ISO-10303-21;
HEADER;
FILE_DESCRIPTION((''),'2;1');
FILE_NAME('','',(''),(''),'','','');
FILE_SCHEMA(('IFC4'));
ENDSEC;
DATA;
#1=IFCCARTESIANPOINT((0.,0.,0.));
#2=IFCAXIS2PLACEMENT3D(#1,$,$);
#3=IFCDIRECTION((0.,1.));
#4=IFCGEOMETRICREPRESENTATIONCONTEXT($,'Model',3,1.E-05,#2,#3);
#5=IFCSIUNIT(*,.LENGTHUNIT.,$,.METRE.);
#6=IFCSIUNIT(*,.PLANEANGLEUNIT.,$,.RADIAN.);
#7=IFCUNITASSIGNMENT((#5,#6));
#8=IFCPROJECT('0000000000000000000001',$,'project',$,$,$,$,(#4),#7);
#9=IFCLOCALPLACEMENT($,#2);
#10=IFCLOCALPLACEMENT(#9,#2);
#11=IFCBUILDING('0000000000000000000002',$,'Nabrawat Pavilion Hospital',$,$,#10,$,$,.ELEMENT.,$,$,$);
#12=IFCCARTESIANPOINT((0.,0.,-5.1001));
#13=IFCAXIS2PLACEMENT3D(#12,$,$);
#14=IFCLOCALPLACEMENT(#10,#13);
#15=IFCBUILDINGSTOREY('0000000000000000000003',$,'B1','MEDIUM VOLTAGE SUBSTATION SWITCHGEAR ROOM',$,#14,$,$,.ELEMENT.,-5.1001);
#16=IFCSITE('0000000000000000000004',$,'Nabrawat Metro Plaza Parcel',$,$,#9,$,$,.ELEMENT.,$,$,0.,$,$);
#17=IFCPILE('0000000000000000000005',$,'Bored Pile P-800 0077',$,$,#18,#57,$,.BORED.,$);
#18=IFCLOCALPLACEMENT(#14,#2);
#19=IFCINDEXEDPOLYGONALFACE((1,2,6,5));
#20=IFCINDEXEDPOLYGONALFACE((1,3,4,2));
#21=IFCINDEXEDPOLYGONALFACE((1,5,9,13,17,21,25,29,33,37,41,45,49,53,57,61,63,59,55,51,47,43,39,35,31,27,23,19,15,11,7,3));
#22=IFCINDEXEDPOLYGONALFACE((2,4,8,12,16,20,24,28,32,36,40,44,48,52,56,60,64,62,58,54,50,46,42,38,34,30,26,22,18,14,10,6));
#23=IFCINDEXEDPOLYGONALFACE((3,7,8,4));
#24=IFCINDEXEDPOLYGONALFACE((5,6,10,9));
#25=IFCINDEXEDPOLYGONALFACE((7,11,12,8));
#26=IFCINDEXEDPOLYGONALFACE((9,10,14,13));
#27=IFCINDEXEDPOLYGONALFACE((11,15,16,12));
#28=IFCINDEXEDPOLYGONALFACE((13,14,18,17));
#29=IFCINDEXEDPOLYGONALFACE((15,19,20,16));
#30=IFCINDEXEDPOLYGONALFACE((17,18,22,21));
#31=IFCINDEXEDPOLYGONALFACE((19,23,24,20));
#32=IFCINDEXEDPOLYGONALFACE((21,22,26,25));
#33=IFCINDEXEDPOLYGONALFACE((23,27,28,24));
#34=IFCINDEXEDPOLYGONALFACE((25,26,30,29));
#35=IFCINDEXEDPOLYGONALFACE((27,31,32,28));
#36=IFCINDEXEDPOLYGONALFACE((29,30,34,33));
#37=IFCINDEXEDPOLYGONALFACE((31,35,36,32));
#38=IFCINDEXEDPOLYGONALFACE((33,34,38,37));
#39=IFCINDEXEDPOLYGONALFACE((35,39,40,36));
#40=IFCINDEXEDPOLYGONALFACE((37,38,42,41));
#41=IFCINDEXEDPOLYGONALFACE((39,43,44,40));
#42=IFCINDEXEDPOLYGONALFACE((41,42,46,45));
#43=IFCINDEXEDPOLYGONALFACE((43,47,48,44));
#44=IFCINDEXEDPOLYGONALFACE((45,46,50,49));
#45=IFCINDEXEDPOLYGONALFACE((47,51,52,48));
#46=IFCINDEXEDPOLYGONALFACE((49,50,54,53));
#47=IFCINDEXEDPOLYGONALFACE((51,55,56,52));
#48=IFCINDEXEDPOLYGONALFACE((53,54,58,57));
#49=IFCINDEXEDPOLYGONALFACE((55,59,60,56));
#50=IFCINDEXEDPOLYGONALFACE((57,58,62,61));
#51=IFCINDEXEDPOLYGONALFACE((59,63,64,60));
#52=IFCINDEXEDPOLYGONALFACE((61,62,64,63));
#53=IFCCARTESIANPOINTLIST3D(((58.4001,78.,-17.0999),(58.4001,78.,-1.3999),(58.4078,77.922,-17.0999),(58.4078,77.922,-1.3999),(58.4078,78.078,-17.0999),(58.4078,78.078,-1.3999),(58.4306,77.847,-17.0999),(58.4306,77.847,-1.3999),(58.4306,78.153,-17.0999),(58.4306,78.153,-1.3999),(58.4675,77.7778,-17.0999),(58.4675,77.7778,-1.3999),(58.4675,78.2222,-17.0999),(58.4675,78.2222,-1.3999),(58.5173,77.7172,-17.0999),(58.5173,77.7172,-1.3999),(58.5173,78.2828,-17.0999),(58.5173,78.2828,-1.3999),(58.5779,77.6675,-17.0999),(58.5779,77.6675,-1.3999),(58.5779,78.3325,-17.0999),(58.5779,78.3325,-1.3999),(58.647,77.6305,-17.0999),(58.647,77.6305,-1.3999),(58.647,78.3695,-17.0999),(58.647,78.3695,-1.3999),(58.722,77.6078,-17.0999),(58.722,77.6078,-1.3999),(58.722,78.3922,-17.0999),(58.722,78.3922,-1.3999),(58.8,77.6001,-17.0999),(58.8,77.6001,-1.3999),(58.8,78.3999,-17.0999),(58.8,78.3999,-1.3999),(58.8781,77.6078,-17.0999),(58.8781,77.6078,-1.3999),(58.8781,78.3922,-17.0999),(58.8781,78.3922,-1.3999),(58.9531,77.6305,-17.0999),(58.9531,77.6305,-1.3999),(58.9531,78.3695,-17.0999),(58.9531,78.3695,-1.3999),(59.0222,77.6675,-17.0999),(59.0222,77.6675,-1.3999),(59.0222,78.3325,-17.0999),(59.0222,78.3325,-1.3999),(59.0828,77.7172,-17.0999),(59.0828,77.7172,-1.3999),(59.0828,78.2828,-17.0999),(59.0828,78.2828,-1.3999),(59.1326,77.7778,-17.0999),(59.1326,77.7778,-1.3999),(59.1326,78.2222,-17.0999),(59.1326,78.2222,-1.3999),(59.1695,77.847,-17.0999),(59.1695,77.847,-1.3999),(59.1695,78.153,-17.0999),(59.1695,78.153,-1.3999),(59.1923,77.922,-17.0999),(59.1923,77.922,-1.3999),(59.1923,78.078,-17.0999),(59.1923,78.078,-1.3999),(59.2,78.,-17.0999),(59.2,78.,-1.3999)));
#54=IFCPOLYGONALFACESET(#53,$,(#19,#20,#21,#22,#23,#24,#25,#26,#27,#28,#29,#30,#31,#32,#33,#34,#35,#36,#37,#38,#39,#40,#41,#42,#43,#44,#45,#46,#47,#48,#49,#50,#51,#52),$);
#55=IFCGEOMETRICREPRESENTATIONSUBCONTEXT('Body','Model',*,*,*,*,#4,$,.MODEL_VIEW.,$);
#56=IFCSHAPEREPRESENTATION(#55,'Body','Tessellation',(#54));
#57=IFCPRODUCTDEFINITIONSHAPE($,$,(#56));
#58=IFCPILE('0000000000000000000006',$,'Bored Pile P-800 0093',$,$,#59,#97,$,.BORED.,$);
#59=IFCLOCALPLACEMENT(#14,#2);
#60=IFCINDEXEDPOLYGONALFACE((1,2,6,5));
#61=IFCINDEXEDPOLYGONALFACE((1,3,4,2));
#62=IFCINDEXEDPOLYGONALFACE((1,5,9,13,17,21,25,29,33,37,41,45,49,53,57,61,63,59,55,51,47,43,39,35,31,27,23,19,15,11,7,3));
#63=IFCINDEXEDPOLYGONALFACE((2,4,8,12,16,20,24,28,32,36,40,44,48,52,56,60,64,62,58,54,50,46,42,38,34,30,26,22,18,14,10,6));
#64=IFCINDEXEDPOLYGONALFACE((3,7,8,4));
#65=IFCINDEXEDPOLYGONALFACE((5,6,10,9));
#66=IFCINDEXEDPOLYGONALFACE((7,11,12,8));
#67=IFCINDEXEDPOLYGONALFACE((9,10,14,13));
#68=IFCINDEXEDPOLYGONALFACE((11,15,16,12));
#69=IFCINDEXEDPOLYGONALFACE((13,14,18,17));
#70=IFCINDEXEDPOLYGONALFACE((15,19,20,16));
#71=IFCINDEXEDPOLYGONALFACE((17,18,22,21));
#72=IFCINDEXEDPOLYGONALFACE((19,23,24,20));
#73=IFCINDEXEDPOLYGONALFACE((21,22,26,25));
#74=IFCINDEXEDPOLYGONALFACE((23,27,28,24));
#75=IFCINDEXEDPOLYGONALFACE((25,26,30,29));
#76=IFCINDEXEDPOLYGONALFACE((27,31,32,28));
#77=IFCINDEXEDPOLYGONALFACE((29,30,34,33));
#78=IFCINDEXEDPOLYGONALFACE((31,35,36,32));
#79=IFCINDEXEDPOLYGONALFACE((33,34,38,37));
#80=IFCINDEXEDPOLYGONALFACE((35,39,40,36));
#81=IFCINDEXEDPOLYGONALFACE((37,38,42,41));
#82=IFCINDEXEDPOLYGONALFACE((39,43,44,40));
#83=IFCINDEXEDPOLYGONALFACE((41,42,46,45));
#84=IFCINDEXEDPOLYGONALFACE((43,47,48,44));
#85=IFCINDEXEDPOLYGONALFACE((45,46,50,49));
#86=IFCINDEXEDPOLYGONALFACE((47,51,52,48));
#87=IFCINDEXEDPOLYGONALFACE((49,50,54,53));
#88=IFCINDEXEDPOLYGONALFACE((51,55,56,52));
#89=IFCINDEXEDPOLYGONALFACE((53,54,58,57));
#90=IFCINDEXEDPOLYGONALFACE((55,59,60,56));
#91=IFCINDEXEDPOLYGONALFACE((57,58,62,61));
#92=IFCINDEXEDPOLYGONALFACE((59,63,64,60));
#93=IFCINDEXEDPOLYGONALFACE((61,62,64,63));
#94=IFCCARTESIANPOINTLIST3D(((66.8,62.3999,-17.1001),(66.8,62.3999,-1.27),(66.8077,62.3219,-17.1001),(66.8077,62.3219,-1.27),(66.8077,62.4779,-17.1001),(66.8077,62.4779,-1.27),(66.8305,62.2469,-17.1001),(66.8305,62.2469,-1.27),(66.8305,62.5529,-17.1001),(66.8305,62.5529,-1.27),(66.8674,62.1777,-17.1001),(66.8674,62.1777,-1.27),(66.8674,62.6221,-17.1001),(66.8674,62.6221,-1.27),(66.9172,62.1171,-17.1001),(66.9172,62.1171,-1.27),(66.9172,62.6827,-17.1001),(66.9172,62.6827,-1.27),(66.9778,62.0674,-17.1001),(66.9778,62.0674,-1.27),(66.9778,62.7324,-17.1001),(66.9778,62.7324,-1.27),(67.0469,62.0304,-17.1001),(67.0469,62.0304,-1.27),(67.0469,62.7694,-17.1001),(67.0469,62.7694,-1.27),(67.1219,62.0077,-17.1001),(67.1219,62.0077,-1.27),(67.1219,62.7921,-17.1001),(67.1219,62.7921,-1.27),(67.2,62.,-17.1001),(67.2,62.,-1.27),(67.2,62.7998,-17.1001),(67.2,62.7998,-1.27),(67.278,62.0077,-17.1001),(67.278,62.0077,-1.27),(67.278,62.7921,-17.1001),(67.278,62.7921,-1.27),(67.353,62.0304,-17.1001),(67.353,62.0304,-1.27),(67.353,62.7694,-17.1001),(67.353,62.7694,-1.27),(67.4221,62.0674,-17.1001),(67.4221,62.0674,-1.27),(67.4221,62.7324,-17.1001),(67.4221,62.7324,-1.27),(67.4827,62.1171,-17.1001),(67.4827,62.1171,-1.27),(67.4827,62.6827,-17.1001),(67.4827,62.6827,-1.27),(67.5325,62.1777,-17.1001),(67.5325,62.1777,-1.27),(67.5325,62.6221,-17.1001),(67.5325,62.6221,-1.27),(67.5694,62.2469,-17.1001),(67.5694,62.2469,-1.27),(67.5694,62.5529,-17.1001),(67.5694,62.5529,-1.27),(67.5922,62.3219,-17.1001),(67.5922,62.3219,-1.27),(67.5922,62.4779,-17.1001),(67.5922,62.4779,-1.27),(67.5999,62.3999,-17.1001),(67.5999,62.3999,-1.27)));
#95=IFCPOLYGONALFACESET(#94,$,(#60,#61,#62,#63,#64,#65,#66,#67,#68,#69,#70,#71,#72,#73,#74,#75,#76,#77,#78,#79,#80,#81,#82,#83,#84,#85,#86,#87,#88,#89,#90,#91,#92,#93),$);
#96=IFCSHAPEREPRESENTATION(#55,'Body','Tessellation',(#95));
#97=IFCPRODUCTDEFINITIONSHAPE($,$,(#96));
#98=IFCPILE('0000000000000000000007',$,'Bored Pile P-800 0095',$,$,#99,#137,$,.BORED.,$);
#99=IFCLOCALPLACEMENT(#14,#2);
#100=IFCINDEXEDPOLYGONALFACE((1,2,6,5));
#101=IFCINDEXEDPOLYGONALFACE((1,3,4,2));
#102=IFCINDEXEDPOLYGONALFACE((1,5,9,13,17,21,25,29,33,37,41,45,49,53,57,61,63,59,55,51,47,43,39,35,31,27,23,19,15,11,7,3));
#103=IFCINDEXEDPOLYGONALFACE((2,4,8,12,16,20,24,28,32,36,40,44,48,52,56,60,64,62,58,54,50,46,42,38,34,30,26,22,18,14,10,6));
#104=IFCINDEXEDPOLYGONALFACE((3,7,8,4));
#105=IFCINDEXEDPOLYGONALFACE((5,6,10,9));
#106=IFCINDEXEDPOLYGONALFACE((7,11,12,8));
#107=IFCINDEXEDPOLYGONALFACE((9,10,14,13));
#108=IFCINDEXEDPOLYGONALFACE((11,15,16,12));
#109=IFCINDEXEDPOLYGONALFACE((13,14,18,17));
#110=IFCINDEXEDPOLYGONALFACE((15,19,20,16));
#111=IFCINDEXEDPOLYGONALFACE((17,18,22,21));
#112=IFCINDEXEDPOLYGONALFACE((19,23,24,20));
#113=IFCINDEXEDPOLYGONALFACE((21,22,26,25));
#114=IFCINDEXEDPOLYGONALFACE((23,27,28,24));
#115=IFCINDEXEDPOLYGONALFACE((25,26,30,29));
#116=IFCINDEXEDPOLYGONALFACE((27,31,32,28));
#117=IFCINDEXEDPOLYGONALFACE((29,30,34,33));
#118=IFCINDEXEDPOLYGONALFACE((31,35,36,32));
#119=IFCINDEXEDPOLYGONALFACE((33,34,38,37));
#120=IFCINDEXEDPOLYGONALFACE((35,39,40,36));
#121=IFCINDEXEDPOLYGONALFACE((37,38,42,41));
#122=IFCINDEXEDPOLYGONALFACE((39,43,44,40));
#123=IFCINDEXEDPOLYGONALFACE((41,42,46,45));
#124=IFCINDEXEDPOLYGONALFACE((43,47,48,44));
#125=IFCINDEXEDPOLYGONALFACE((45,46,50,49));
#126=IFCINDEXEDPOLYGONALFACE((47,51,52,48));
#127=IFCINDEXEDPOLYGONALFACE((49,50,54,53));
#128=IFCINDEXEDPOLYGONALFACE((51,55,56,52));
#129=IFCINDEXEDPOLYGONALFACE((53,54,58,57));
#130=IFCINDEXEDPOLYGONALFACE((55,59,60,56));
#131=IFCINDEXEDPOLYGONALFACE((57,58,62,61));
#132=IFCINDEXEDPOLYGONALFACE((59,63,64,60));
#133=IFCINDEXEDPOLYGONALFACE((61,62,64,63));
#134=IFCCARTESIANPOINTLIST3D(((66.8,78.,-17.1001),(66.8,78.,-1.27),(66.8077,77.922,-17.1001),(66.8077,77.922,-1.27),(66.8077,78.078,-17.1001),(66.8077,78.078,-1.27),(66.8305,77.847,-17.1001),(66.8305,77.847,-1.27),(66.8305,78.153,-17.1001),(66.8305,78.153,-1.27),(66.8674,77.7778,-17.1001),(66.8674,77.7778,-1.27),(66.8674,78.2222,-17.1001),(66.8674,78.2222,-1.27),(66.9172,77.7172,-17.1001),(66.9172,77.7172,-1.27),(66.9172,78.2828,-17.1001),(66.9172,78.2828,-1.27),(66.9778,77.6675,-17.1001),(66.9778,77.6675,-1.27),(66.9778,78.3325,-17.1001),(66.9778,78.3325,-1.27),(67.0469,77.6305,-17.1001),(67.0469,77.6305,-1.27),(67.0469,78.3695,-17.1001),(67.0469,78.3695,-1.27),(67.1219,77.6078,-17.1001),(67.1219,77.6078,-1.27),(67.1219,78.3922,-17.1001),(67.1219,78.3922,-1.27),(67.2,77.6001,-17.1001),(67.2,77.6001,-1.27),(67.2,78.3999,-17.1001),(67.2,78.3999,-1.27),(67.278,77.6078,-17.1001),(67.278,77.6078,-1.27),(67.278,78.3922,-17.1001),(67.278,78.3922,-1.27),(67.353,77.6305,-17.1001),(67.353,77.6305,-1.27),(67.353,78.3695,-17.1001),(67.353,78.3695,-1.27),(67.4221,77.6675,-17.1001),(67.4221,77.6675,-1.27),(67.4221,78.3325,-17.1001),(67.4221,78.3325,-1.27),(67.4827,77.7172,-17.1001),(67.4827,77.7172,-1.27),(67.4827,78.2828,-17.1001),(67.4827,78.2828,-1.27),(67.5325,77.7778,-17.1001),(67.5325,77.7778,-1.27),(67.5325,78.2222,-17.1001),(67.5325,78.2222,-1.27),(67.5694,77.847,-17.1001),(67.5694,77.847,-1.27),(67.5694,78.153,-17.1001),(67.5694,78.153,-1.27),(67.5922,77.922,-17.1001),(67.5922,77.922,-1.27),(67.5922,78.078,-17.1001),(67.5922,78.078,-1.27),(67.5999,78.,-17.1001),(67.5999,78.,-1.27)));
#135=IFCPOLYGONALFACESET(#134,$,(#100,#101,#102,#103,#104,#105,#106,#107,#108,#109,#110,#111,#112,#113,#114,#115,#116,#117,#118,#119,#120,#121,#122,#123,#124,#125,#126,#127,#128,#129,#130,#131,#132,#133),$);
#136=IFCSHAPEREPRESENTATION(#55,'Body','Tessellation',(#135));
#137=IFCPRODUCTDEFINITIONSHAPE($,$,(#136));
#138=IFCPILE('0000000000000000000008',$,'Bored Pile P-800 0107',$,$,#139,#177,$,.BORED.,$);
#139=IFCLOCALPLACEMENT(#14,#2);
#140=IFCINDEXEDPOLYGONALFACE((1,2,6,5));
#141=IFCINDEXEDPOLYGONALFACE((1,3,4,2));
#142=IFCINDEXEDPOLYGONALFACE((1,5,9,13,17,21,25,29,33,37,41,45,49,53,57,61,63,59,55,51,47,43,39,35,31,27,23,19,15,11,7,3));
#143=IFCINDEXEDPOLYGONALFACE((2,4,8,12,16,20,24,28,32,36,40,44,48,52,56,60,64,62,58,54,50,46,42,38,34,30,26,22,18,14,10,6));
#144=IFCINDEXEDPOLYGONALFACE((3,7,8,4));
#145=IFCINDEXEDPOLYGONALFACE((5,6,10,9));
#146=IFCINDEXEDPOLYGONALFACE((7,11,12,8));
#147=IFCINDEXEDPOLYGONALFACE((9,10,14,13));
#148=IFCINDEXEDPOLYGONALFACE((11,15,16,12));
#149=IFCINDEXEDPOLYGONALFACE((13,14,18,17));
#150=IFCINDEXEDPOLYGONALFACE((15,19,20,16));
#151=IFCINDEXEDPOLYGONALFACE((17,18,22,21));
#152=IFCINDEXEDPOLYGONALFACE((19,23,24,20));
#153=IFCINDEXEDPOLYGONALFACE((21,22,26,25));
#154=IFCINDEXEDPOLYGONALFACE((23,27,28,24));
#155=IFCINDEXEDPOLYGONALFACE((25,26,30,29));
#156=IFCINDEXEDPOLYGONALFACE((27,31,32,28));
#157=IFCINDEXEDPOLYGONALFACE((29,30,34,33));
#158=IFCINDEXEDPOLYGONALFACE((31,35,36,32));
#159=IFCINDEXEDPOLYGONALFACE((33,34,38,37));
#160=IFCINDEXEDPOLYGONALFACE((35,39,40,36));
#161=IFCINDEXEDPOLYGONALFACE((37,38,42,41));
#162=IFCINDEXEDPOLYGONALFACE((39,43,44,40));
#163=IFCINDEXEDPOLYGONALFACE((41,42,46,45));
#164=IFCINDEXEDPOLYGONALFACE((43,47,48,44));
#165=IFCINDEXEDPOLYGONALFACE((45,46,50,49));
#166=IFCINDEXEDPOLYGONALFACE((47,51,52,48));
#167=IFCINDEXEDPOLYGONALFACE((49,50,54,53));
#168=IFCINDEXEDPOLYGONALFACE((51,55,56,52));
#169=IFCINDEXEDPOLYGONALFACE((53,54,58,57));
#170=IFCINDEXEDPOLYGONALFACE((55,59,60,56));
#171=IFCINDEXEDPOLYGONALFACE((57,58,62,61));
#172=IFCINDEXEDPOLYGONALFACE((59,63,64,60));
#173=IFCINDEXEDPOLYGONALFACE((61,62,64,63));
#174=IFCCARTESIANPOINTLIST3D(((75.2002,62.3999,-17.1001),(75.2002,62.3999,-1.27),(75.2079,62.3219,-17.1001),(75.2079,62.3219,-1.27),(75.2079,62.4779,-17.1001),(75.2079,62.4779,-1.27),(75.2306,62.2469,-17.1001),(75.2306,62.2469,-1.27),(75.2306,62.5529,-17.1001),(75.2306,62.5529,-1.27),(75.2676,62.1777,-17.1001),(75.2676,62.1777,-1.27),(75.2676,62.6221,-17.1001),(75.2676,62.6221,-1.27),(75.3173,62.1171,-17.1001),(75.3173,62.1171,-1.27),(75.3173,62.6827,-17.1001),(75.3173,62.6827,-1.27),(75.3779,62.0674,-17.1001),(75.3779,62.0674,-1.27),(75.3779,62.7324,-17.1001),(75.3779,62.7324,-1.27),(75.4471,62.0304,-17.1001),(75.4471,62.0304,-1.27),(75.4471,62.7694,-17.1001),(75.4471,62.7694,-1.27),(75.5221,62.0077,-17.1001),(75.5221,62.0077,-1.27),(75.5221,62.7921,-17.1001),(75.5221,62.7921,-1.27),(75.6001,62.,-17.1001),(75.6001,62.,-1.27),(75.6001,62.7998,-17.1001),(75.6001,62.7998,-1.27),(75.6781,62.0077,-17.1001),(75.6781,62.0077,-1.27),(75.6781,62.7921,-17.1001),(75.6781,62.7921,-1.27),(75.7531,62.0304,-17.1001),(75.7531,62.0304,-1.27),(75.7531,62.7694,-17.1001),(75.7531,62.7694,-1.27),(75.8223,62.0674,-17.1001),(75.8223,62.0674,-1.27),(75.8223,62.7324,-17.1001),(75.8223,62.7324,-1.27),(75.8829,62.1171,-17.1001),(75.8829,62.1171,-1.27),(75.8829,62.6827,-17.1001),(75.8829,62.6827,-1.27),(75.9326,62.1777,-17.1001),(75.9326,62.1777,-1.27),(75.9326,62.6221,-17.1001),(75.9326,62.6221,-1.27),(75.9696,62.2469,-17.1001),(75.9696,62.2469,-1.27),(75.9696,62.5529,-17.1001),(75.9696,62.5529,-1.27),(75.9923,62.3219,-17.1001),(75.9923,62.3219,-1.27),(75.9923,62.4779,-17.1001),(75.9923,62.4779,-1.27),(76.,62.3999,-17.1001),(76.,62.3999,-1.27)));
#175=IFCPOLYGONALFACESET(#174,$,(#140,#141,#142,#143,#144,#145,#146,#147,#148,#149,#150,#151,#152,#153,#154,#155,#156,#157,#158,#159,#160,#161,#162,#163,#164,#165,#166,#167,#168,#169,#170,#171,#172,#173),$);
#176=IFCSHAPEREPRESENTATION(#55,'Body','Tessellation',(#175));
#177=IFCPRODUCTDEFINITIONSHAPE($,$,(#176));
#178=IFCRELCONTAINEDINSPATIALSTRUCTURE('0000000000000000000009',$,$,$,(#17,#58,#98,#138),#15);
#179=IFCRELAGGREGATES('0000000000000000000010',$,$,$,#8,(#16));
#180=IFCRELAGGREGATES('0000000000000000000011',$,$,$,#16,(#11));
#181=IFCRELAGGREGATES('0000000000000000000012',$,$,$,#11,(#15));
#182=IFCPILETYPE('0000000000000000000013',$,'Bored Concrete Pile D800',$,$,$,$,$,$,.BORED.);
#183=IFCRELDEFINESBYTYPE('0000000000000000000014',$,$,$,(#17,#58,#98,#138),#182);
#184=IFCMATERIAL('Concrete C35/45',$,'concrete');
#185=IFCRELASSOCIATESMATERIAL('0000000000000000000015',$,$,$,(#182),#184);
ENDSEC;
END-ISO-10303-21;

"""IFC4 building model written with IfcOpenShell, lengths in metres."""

from ifc_helpers import new_model, si_unit, direction, frame, origin, origin_2d, place, context, subcontext, project, spatial, circle, extrude, material, material_profile, profile_set, type_object, element, save


model = new_model("IFC4")

# Units and contexts
model_context = context("Model", 3, precision=1e-05, world=origin(), true_north=direction((0.0, 1.0)))
body_context = subcontext(model_context, "Body", "Model", "MODEL_VIEW")
ifc_project = project(units=[si_unit("LENGTHUNIT", "METRE"), si_unit("PLANEANGLEUNIT", "RADIAN")], contexts=[model_context])

# Site, building, storey
site_placement = place(None, origin())
site = spatial("IfcSite", under=ifc_project, at=site_placement, Name="Nabrawat Metro Plaza Parcel", CompositionType="ELEMENT", RefElevation=0.0)
building_placement = place(site_placement, origin())
building = spatial("IfcBuilding", under=site, at=building_placement, Name="Nabrawat Pavilion Hospital", CompositionType="ELEMENT")
storey_placement = place(building_placement, frame((0.0, 0.0, -5.1001)))
storey = spatial("IfcBuildingStorey", under=building, at=storey_placement, Name="B1", Description="MEDIUM VOLTAGE SUBSTATION SWITCHGEAR ROOM", CompositionType="ELEMENT", Elevation=-5.1001)

# Piles
ifc_material_1 = material(Name="Concrete C35/45", Category="concrete")
ifc_material_profile_1 = material_profile(ifc_material_1, circle(Radius=0.3999, at=origin_2d()), Name="DIA 800")
ifc_profile_set_1 = profile_set([ifc_material_profile_1], Name="Concrete C35/45")
pile_type_1 = type_object("IfcPileType", Name="Bored Concrete Pile D800", PredefinedType="BORED", material=ifc_profile_set_1)
for number, where, z_axis, x_axis, name in (
    (1, (58.8, 78.0, -1.3999), (0.0, 0.0, -1.0), (1.0, 0.0, 0.0), "Bored Pile P-800 0077"),
):
    element("IfcPile", number, at=place(storey_placement, frame(where, z_axis=z_axis, x_axis=x_axis)), inside=storey, type_object=pile_type_1, Name=name, PredefinedType="BORED", context=body_context, shape_type="SweptSolid", body=[
        extrude(circle(Radius=0.3999, at=origin_2d()), origin(), (0.0, 0.0, 1.0), 15.7),
    ])
for number, where, z_axis, x_axis, name in (
    (2, (67.2, 62.3999, -1.27), (0.0, 0.0, -1.0), (1.0, 0.0, 0.0), "Bored Pile P-800 0093"),
    (3, (67.2, 78.0, -1.27), (0.0, 0.0, -1.0), (1.0, 0.0, 0.0), "Bored Pile P-800 0095"),
    (4, (75.6001, 62.3999, -1.27), (0.0, 0.0, -1.0), (1.0, 0.0, 0.0), "Bored Pile P-800 0107"),
):
    element("IfcPile", number, at=place(storey_placement, frame(where, z_axis=z_axis, x_axis=x_axis)), inside=storey, type_object=pile_type_1, Name=name, PredefinedType="BORED", context=body_context, shape_type="SweptSolid", body=[
        extrude(circle(Radius=0.3999, at=origin_2d()), origin(), (0.0, 0.0, 1.0), 15.8301),
    ])

save(model, "model.ifc")
